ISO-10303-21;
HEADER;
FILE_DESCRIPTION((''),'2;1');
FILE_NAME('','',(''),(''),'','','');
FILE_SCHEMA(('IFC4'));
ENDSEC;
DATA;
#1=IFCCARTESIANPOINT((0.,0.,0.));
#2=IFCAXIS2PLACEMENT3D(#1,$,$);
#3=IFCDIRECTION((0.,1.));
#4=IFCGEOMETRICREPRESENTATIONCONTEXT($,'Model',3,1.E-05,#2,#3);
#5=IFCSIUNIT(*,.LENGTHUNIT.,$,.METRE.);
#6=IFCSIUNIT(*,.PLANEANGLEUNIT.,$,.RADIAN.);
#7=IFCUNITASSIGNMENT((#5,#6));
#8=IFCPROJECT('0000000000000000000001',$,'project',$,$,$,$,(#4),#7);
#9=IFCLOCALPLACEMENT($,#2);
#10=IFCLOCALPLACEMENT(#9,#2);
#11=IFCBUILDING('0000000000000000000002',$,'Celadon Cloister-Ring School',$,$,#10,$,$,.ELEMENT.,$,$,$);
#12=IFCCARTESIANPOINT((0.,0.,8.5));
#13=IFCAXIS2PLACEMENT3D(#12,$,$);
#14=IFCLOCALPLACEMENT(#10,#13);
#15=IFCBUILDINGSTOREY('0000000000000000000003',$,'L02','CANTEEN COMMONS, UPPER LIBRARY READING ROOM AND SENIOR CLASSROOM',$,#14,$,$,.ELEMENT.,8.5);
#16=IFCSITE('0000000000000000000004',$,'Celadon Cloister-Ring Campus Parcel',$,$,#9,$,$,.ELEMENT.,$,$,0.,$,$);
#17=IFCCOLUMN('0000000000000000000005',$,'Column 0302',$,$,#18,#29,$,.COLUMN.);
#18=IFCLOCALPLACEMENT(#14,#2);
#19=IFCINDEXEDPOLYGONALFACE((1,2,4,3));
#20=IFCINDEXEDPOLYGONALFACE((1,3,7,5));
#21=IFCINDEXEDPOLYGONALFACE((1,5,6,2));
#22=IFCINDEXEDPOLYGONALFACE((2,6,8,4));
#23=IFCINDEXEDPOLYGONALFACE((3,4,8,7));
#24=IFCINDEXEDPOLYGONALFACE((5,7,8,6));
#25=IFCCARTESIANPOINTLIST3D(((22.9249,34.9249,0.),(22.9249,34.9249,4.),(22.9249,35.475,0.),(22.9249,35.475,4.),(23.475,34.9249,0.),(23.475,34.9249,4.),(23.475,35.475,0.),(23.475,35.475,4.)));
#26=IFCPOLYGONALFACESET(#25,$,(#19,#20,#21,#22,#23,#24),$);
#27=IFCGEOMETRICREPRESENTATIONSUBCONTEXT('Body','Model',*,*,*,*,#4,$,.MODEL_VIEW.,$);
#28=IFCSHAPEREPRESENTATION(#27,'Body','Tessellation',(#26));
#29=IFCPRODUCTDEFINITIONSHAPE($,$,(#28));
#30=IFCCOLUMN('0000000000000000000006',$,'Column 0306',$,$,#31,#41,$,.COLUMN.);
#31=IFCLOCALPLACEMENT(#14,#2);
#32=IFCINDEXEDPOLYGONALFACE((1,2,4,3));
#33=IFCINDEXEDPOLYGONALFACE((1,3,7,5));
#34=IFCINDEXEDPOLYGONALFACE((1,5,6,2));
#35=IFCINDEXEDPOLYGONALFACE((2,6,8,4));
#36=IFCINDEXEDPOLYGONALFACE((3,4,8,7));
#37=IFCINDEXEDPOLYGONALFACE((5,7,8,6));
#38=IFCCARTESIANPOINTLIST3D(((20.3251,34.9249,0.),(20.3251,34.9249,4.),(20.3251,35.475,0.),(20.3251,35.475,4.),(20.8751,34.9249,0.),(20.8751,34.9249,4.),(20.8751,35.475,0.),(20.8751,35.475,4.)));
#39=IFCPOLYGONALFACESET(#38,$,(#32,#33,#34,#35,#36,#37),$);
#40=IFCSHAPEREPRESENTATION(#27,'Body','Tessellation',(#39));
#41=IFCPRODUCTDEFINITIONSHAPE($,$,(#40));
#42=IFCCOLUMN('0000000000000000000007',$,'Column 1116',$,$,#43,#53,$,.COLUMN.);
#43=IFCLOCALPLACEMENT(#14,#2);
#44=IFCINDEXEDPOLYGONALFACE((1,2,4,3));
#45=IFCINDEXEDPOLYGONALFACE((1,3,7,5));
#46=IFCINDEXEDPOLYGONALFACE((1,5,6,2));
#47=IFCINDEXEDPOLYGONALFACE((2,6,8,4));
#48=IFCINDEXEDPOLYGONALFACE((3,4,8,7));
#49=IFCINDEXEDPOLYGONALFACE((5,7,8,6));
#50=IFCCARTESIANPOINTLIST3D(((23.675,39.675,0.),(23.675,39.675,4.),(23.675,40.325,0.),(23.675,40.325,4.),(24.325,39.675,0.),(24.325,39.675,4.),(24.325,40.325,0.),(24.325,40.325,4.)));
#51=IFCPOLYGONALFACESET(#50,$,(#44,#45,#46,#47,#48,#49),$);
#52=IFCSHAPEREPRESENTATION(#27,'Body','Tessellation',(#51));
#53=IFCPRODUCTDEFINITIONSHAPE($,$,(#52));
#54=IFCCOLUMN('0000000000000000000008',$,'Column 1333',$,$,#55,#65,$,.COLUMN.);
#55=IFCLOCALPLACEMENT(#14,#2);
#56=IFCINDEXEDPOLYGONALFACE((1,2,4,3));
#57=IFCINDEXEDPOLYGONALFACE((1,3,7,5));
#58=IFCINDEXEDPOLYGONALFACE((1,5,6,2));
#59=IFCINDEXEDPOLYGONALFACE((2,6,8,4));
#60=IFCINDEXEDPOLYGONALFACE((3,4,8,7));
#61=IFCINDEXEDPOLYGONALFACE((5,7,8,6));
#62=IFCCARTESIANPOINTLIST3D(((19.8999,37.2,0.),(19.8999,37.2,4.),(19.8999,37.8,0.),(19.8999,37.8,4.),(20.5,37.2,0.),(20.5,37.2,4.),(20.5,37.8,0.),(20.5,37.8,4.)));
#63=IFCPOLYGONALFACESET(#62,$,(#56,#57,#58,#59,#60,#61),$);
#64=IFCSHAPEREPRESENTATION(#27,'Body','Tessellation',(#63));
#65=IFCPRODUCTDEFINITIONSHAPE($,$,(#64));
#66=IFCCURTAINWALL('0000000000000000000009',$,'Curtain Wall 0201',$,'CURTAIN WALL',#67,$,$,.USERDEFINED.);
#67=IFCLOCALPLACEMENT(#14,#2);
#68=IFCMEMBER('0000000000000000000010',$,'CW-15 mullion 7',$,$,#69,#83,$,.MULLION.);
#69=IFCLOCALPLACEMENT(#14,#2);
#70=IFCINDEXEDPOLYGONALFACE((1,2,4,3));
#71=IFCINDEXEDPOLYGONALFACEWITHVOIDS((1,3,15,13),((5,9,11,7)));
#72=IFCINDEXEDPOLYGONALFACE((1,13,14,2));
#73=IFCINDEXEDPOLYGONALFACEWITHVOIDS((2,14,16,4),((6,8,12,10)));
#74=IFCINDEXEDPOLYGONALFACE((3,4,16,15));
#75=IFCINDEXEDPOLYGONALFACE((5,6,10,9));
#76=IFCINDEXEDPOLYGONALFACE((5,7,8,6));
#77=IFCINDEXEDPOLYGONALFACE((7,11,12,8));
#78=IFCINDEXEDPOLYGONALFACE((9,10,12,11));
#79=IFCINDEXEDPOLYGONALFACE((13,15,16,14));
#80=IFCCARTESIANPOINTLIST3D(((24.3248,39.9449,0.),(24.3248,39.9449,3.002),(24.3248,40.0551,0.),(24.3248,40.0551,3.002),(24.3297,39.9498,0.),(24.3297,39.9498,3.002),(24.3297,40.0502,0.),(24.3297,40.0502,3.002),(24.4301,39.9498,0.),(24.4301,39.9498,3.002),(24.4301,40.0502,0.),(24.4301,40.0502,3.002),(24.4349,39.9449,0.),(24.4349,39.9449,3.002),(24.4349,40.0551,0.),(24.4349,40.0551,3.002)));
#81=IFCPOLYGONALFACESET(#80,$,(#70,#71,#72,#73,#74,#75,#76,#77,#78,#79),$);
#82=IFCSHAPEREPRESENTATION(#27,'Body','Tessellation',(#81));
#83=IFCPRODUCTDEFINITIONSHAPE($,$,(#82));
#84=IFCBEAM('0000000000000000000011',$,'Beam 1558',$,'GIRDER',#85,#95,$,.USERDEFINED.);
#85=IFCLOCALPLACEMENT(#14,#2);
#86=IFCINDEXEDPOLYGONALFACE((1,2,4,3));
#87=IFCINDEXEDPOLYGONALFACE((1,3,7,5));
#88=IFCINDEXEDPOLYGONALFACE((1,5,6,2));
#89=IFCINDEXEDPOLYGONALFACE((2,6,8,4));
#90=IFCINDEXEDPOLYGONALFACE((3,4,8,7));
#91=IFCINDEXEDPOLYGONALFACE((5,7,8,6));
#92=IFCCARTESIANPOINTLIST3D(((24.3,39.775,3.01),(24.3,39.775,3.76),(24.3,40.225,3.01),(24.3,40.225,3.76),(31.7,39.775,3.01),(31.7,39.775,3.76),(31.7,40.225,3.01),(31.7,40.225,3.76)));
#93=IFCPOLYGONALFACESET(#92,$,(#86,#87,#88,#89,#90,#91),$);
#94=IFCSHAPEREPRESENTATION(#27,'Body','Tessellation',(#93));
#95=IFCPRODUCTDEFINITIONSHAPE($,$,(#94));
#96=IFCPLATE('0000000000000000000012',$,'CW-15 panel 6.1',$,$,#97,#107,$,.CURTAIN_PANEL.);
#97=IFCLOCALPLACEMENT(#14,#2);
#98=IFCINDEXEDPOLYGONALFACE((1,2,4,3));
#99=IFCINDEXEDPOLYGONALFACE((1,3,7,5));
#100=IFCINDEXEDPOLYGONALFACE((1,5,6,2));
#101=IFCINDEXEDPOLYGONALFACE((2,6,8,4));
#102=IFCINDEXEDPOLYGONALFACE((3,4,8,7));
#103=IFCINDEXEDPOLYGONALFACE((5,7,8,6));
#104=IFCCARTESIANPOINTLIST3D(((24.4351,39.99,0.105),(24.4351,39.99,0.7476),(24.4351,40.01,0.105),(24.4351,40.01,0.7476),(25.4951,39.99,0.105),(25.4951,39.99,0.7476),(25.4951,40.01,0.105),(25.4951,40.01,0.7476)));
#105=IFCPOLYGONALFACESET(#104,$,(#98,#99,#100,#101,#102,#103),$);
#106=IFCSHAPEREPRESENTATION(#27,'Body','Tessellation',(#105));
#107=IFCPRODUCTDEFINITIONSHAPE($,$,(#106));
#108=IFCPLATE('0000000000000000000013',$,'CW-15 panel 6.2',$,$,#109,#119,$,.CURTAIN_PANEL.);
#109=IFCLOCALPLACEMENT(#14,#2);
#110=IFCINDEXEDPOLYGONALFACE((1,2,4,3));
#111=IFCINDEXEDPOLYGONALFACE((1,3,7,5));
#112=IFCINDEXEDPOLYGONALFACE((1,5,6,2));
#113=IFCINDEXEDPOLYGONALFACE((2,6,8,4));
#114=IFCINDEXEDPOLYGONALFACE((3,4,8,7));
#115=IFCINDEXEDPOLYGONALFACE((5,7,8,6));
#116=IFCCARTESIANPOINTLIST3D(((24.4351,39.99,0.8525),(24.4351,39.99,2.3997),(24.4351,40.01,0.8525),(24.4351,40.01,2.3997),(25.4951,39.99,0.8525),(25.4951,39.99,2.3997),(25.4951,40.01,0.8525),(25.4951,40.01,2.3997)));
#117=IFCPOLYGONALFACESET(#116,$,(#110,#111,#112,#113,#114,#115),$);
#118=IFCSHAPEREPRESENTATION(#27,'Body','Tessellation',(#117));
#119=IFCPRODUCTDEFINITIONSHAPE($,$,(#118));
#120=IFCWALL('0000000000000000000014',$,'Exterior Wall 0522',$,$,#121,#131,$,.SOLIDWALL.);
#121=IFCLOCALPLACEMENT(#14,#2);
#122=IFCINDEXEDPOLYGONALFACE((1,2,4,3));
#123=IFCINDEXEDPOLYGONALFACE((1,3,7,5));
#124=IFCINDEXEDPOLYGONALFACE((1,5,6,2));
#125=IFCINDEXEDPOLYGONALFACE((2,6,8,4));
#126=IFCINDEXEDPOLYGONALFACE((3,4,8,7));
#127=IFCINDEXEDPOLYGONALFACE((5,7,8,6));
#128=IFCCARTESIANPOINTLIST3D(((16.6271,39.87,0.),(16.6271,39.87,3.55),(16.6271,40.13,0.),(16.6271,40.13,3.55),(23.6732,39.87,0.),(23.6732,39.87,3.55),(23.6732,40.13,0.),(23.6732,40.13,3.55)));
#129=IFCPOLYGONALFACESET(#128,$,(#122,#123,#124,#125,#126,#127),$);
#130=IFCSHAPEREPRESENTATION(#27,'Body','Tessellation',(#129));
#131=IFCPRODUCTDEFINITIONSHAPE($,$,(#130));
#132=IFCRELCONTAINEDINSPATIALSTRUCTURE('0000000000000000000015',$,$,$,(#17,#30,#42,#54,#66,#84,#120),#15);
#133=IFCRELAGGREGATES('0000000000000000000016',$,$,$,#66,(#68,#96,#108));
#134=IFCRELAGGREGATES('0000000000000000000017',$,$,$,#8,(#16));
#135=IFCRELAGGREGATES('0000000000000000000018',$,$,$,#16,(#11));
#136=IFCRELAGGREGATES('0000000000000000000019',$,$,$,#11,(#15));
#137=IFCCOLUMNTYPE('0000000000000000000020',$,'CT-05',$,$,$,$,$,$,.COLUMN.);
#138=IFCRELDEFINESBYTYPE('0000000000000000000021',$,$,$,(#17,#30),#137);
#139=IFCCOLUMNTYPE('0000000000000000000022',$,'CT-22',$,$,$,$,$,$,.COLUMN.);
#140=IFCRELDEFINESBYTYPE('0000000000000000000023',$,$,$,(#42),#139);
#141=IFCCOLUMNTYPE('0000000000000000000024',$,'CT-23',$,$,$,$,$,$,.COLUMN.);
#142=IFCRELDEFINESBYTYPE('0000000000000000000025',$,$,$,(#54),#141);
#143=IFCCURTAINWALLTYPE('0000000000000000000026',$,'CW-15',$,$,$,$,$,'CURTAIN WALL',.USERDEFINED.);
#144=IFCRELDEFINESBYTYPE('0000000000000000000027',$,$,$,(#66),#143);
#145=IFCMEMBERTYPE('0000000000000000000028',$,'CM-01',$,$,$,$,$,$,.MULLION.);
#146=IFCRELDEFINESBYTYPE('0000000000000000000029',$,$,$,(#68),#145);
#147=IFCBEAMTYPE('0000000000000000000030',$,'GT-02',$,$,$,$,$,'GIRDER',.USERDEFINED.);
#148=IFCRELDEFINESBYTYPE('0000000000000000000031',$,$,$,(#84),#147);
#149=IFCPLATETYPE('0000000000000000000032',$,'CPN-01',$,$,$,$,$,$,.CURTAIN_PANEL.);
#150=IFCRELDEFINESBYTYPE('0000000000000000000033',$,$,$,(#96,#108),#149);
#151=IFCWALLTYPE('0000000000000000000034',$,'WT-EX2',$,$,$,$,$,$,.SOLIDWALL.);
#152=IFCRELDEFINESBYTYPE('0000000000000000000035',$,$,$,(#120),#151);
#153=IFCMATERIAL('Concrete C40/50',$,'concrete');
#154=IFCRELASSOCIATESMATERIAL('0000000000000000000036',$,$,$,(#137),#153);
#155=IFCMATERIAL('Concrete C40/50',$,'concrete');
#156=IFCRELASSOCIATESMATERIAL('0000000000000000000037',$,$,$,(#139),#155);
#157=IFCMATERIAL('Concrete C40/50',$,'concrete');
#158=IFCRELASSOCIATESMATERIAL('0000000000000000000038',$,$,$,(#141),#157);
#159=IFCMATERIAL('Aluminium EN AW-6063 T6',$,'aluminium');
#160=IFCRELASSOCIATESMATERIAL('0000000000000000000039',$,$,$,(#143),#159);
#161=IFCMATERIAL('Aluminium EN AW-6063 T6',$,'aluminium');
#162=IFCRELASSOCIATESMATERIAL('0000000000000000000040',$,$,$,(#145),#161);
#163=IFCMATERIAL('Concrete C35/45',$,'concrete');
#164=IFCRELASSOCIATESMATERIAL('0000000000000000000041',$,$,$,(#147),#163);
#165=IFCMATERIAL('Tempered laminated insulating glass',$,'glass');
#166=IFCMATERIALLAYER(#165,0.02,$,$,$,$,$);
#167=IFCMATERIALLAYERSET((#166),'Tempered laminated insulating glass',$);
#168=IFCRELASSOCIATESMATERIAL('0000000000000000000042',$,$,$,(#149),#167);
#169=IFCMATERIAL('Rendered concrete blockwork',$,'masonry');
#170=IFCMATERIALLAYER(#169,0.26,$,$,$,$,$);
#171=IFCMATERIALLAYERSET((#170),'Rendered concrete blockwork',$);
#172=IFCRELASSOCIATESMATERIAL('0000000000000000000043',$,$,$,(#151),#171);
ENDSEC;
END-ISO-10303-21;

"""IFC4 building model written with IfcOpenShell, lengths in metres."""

from ifc_helpers import new_model, si_unit, direction, frame, frame_2d, origin, origin_2d, place, context, subcontext, project, spatial, rectangle, hollow_rectangle, extrude, material, layer, layer_set, material_profile, profile_set, type_object, element, aggregate, save


model = new_model("IFC4")

# Units and contexts
model_context = context("Model", 3, precision=1e-05, world=origin(), true_north=direction((0.0, 1.0)))
body_context = subcontext(model_context, "Body", "Model", "MODEL_VIEW")
ifc_project = project(units=[si_unit("LENGTHUNIT", "METRE"), si_unit("PLANEANGLEUNIT", "RADIAN")], contexts=[model_context])

# Site, building, storey
site_placement = place(None, origin())
site = spatial("IfcSite", under=ifc_project, at=site_placement, Name="Celadon Cloister-Ring Campus Parcel", CompositionType="ELEMENT", RefElevation=0.0)
building_placement = place(site_placement, origin())
building = spatial("IfcBuilding", under=site, at=building_placement, Name="Celadon Cloister-Ring School", CompositionType="ELEMENT")
storey_placement = place(building_placement, frame((0.0, 0.0, 8.5)))
storey = spatial("IfcBuildingStorey", under=building, at=storey_placement, Name="L02", Description="CANTEEN COMMONS, UPPER LIBRARY READING ROOM AND SENIOR CLASSROOM", CompositionType="ELEMENT", Elevation=8.5)

# Columns
ifc_material_1 = material(Name="Concrete C40/50", Category="concrete")
ifc_material_profile_1 = material_profile(ifc_material_1, rectangle(XDim=0.55, YDim=0.55, at=origin_2d()), Name="RC550X550")
ifc_profile_set_1 = profile_set([ifc_material_profile_1], Name="Concrete C40/50")
column_type_1 = type_object("IfcColumnType", Name="CT-05", PredefinedType="COLUMN", material=ifc_profile_set_1)
for number, where, z_axis, x_axis, name in (
    (1, (23.2, 35.2, 0.0), (0.0, 0.0, 1.0), (1.0, 0.0, 0.0), "Column 0302"),
    (2, (20.6001, 35.2, 0.0), (0.0, 0.0, 1.0), (1.0, 0.0, 0.0), "Column 0306"),
):
    element("IfcColumn", number, at=place(storey_placement, frame(where, z_axis=z_axis, x_axis=x_axis)), inside=storey, type_object=column_type_1, Name=name, PredefinedType="COLUMN", context=body_context, shape_type="SweptSolid", body=[
        extrude(rectangle(XDim=0.55, YDim=0.55, at=origin_2d()), origin(), (0.0, 0.0, 1.0), 4.0),
    ])
ifc_material_2 = material(Name="Concrete C40/50", Category="concrete")
ifc_material_profile_2 = material_profile(ifc_material_2, rectangle(XDim=0.6499, YDim=0.6499, at=origin_2d()), Name="RC650X650")
ifc_profile_set_2 = profile_set([ifc_material_profile_2], Name="Concrete C40/50")
column_type_2 = type_object("IfcColumnType", Name="CT-22", PredefinedType="COLUMN", material=ifc_profile_set_2)
column_1_placement = place(storey_placement, frame((24.0, 40.0, 0.0), z_axis=(0.0, 0.0, 1.0), x_axis=(1.0, 0.0, 0.0)))
element("IfcColumn", 3, at=column_1_placement, inside=storey, type_object=column_type_2, Name="Column 1116", PredefinedType="COLUMN", context=body_context, shape_type="SweptSolid", body=[
    extrude(rectangle(XDim=0.6499, YDim=0.6499, at=origin_2d()), origin(), (0.0, 0.0, 1.0), 4.0),
])
ifc_material_3 = material(Name="Concrete C40/50", Category="concrete")
ifc_material_profile_3 = material_profile(ifc_material_3, rectangle(XDim=0.6001, YDim=0.6001, at=origin_2d()), Name="RC600X600")
ifc_profile_set_3 = profile_set([ifc_material_profile_3], Name="Concrete C40/50")
column_type_3 = type_object("IfcColumnType", Name="CT-23", PredefinedType="COLUMN", material=ifc_profile_set_3)
column_2_placement = place(storey_placement, frame((20.2, 37.5, 0.0), z_axis=(0.0, 0.0, 1.0), x_axis=(0.0, 1.0, 0.0)))
element("IfcColumn", 4, at=column_2_placement, inside=storey, type_object=column_type_3, Name="Column 1333", PredefinedType="COLUMN", context=body_context, shape_type="SweptSolid", body=[
    extrude(rectangle(XDim=0.6001, YDim=0.6001, at=origin_2d()), origin(), (0.0, 0.0, 1.0), 4.0),
])

# Curtain wall, member
ifc_material_4 = material(Name="Aluminium EN AW-6063 T6", Category="aluminium")
curtain_wall_type = type_object("IfcCurtainWallType", Name="CW-15", ElementType="CURTAIN WALL", PredefinedType="USERDEFINED", material=ifc_material_4)
curtain_wall_placement = place(storey_placement, origin())
curtain_wall = element("IfcCurtainWall", 5, at=curtain_wall_placement, inside=storey, type_object=curtain_wall_type, Name="Curtain Wall 0201", ObjectType="CURTAIN WALL", PredefinedType="USERDEFINED")
ifc_material_5 = material(Name="Aluminium EN AW-6063 T6", Category="aluminium")
ifc_material_profile_4 = material_profile(ifc_material_5, hollow_rectangle(XDim=0.1101, YDim=0.1101, WallThickness=0.0049, at=origin_2d()), Name="RHS110X110X5")
ifc_profile_set_4 = profile_set([ifc_material_profile_4], Name="Aluminium EN AW-6063 T6")
member_type = type_object("IfcMemberType", Name="CM-01", PredefinedType="MULLION", material=ifc_profile_set_4)
member_placement = place(storey_placement, frame((24.3799, 40.0, 0.0), z_axis=(0.0, 0.0, 1.0), x_axis=(0.0, -1.0, 0.0)))
member = element("IfcMember", 6, at=member_placement, type_object=member_type, Name="CW-15 mullion 7", PredefinedType="MULLION", context=body_context, shape_type="SweptSolid", body=[
    extrude(hollow_rectangle(XDim=0.1101, YDim=0.1101, WallThickness=0.0049, at=origin_2d()), origin(), (0.0, 0.0, 1.0), 3.002),
])

# Beam
ifc_material_6 = material(Name="Concrete C35/45", Category="concrete")
ifc_material_profile_5 = material_profile(ifc_material_6, rectangle(XDim=0.45, YDim=0.75, at=origin_2d()), Name="RC450X750")
ifc_profile_set_5 = profile_set([ifc_material_profile_5], Name="Concrete C35/45")
beam_type = type_object("IfcBeamType", Name="GT-02", ElementType="GIRDER", PredefinedType="USERDEFINED", material=ifc_profile_set_5)
beam_placement = place(storey_placement, frame((24.3, 40.0, 3.385), z_axis=(1.0, 0.0, 0.0), x_axis=(0.0, 1.0, 0.0)))
element("IfcBeam", 7, at=beam_placement, inside=storey, type_object=beam_type, Name="Beam 1558", ObjectType="GIRDER", PredefinedType="USERDEFINED", context=body_context, shape_type="SweptSolid", body=[
    extrude(rectangle(XDim=0.45, YDim=0.75, at=origin_2d()), origin(), (0.0, 0.0, 1.0), 7.3999),
])

# Plates
ifc_material_7 = material(Name="Tempered laminated insulating glass", Category="glass")
ifc_layer_1 = layer(ifc_material_7, 0.02)
ifc_layer_set_1 = layer_set([ifc_layer_1], Name="Tempered laminated insulating glass")
plate_type = type_object("IfcPlateType", Name="CPN-01", PredefinedType="CURTAIN_PANEL", material=ifc_layer_set_1)
plate_1_placement = place(storey_placement, frame((24.9651, 40.0, 0.105), z_axis=(0.0, 0.0, 1.0), x_axis=(-1.0, 0.0, 0.0)))
plate_1 = element("IfcPlate", 8, at=plate_1_placement, type_object=plate_type, Name="CW-15 panel 6.1", PredefinedType="CURTAIN_PANEL", context=body_context, shape_type="SweptSolid", body=[
    extrude(rectangle(XDim=1.0601, YDim=0.02, at=origin_2d()), origin(), (0.0, 0.0, 1.0), 0.6426),
])
plate_2_placement = place(storey_placement, frame((24.9651, 40.0, 0.8525), z_axis=(0.0, 0.0, 1.0), x_axis=(-1.0, 0.0, 0.0)))
plate_2 = element("IfcPlate", 9, at=plate_2_placement, type_object=plate_type, Name="CW-15 panel 6.2", PredefinedType="CURTAIN_PANEL", context=body_context, shape_type="SweptSolid", body=[
    extrude(rectangle(XDim=1.0601, YDim=0.02, at=origin_2d()), origin(), (0.0, 0.0, 1.0), 1.5471),
])
aggregate(curtain_wall, [member, plate_1, plate_2])

# Wall
ifc_material_8 = material(Name="Rendered concrete blockwork", Category="masonry")
ifc_layer_2 = layer(ifc_material_8, 0.26)
ifc_layer_set_2 = layer_set([ifc_layer_2], Name="Rendered concrete blockwork")
wall_type_1 = type_object("IfcWallType", Name="WT-EX2", PredefinedType="SOLIDWALL", material=ifc_layer_set_2)
wall_1_placement = place(storey_placement, frame((23.6731, 40.0, 0.0), z_axis=(0.0, 0.0, 1.0), x_axis=(-1.0, 0.0, 0.0)))
element("IfcWall", 10, at=wall_1_placement, inside=storey, type_object=wall_type_1, Name="Exterior Wall 0522", PredefinedType="SOLIDWALL", context=body_context, shape_type="SweptSolid", body=[
    extrude(rectangle(XDim=7.0461, YDim=0.26, at=frame_2d((3.5229, 0.0))), origin(), (0.0, 0.0, 1.0), 3.55),
])

save(model, "model.ifc")
